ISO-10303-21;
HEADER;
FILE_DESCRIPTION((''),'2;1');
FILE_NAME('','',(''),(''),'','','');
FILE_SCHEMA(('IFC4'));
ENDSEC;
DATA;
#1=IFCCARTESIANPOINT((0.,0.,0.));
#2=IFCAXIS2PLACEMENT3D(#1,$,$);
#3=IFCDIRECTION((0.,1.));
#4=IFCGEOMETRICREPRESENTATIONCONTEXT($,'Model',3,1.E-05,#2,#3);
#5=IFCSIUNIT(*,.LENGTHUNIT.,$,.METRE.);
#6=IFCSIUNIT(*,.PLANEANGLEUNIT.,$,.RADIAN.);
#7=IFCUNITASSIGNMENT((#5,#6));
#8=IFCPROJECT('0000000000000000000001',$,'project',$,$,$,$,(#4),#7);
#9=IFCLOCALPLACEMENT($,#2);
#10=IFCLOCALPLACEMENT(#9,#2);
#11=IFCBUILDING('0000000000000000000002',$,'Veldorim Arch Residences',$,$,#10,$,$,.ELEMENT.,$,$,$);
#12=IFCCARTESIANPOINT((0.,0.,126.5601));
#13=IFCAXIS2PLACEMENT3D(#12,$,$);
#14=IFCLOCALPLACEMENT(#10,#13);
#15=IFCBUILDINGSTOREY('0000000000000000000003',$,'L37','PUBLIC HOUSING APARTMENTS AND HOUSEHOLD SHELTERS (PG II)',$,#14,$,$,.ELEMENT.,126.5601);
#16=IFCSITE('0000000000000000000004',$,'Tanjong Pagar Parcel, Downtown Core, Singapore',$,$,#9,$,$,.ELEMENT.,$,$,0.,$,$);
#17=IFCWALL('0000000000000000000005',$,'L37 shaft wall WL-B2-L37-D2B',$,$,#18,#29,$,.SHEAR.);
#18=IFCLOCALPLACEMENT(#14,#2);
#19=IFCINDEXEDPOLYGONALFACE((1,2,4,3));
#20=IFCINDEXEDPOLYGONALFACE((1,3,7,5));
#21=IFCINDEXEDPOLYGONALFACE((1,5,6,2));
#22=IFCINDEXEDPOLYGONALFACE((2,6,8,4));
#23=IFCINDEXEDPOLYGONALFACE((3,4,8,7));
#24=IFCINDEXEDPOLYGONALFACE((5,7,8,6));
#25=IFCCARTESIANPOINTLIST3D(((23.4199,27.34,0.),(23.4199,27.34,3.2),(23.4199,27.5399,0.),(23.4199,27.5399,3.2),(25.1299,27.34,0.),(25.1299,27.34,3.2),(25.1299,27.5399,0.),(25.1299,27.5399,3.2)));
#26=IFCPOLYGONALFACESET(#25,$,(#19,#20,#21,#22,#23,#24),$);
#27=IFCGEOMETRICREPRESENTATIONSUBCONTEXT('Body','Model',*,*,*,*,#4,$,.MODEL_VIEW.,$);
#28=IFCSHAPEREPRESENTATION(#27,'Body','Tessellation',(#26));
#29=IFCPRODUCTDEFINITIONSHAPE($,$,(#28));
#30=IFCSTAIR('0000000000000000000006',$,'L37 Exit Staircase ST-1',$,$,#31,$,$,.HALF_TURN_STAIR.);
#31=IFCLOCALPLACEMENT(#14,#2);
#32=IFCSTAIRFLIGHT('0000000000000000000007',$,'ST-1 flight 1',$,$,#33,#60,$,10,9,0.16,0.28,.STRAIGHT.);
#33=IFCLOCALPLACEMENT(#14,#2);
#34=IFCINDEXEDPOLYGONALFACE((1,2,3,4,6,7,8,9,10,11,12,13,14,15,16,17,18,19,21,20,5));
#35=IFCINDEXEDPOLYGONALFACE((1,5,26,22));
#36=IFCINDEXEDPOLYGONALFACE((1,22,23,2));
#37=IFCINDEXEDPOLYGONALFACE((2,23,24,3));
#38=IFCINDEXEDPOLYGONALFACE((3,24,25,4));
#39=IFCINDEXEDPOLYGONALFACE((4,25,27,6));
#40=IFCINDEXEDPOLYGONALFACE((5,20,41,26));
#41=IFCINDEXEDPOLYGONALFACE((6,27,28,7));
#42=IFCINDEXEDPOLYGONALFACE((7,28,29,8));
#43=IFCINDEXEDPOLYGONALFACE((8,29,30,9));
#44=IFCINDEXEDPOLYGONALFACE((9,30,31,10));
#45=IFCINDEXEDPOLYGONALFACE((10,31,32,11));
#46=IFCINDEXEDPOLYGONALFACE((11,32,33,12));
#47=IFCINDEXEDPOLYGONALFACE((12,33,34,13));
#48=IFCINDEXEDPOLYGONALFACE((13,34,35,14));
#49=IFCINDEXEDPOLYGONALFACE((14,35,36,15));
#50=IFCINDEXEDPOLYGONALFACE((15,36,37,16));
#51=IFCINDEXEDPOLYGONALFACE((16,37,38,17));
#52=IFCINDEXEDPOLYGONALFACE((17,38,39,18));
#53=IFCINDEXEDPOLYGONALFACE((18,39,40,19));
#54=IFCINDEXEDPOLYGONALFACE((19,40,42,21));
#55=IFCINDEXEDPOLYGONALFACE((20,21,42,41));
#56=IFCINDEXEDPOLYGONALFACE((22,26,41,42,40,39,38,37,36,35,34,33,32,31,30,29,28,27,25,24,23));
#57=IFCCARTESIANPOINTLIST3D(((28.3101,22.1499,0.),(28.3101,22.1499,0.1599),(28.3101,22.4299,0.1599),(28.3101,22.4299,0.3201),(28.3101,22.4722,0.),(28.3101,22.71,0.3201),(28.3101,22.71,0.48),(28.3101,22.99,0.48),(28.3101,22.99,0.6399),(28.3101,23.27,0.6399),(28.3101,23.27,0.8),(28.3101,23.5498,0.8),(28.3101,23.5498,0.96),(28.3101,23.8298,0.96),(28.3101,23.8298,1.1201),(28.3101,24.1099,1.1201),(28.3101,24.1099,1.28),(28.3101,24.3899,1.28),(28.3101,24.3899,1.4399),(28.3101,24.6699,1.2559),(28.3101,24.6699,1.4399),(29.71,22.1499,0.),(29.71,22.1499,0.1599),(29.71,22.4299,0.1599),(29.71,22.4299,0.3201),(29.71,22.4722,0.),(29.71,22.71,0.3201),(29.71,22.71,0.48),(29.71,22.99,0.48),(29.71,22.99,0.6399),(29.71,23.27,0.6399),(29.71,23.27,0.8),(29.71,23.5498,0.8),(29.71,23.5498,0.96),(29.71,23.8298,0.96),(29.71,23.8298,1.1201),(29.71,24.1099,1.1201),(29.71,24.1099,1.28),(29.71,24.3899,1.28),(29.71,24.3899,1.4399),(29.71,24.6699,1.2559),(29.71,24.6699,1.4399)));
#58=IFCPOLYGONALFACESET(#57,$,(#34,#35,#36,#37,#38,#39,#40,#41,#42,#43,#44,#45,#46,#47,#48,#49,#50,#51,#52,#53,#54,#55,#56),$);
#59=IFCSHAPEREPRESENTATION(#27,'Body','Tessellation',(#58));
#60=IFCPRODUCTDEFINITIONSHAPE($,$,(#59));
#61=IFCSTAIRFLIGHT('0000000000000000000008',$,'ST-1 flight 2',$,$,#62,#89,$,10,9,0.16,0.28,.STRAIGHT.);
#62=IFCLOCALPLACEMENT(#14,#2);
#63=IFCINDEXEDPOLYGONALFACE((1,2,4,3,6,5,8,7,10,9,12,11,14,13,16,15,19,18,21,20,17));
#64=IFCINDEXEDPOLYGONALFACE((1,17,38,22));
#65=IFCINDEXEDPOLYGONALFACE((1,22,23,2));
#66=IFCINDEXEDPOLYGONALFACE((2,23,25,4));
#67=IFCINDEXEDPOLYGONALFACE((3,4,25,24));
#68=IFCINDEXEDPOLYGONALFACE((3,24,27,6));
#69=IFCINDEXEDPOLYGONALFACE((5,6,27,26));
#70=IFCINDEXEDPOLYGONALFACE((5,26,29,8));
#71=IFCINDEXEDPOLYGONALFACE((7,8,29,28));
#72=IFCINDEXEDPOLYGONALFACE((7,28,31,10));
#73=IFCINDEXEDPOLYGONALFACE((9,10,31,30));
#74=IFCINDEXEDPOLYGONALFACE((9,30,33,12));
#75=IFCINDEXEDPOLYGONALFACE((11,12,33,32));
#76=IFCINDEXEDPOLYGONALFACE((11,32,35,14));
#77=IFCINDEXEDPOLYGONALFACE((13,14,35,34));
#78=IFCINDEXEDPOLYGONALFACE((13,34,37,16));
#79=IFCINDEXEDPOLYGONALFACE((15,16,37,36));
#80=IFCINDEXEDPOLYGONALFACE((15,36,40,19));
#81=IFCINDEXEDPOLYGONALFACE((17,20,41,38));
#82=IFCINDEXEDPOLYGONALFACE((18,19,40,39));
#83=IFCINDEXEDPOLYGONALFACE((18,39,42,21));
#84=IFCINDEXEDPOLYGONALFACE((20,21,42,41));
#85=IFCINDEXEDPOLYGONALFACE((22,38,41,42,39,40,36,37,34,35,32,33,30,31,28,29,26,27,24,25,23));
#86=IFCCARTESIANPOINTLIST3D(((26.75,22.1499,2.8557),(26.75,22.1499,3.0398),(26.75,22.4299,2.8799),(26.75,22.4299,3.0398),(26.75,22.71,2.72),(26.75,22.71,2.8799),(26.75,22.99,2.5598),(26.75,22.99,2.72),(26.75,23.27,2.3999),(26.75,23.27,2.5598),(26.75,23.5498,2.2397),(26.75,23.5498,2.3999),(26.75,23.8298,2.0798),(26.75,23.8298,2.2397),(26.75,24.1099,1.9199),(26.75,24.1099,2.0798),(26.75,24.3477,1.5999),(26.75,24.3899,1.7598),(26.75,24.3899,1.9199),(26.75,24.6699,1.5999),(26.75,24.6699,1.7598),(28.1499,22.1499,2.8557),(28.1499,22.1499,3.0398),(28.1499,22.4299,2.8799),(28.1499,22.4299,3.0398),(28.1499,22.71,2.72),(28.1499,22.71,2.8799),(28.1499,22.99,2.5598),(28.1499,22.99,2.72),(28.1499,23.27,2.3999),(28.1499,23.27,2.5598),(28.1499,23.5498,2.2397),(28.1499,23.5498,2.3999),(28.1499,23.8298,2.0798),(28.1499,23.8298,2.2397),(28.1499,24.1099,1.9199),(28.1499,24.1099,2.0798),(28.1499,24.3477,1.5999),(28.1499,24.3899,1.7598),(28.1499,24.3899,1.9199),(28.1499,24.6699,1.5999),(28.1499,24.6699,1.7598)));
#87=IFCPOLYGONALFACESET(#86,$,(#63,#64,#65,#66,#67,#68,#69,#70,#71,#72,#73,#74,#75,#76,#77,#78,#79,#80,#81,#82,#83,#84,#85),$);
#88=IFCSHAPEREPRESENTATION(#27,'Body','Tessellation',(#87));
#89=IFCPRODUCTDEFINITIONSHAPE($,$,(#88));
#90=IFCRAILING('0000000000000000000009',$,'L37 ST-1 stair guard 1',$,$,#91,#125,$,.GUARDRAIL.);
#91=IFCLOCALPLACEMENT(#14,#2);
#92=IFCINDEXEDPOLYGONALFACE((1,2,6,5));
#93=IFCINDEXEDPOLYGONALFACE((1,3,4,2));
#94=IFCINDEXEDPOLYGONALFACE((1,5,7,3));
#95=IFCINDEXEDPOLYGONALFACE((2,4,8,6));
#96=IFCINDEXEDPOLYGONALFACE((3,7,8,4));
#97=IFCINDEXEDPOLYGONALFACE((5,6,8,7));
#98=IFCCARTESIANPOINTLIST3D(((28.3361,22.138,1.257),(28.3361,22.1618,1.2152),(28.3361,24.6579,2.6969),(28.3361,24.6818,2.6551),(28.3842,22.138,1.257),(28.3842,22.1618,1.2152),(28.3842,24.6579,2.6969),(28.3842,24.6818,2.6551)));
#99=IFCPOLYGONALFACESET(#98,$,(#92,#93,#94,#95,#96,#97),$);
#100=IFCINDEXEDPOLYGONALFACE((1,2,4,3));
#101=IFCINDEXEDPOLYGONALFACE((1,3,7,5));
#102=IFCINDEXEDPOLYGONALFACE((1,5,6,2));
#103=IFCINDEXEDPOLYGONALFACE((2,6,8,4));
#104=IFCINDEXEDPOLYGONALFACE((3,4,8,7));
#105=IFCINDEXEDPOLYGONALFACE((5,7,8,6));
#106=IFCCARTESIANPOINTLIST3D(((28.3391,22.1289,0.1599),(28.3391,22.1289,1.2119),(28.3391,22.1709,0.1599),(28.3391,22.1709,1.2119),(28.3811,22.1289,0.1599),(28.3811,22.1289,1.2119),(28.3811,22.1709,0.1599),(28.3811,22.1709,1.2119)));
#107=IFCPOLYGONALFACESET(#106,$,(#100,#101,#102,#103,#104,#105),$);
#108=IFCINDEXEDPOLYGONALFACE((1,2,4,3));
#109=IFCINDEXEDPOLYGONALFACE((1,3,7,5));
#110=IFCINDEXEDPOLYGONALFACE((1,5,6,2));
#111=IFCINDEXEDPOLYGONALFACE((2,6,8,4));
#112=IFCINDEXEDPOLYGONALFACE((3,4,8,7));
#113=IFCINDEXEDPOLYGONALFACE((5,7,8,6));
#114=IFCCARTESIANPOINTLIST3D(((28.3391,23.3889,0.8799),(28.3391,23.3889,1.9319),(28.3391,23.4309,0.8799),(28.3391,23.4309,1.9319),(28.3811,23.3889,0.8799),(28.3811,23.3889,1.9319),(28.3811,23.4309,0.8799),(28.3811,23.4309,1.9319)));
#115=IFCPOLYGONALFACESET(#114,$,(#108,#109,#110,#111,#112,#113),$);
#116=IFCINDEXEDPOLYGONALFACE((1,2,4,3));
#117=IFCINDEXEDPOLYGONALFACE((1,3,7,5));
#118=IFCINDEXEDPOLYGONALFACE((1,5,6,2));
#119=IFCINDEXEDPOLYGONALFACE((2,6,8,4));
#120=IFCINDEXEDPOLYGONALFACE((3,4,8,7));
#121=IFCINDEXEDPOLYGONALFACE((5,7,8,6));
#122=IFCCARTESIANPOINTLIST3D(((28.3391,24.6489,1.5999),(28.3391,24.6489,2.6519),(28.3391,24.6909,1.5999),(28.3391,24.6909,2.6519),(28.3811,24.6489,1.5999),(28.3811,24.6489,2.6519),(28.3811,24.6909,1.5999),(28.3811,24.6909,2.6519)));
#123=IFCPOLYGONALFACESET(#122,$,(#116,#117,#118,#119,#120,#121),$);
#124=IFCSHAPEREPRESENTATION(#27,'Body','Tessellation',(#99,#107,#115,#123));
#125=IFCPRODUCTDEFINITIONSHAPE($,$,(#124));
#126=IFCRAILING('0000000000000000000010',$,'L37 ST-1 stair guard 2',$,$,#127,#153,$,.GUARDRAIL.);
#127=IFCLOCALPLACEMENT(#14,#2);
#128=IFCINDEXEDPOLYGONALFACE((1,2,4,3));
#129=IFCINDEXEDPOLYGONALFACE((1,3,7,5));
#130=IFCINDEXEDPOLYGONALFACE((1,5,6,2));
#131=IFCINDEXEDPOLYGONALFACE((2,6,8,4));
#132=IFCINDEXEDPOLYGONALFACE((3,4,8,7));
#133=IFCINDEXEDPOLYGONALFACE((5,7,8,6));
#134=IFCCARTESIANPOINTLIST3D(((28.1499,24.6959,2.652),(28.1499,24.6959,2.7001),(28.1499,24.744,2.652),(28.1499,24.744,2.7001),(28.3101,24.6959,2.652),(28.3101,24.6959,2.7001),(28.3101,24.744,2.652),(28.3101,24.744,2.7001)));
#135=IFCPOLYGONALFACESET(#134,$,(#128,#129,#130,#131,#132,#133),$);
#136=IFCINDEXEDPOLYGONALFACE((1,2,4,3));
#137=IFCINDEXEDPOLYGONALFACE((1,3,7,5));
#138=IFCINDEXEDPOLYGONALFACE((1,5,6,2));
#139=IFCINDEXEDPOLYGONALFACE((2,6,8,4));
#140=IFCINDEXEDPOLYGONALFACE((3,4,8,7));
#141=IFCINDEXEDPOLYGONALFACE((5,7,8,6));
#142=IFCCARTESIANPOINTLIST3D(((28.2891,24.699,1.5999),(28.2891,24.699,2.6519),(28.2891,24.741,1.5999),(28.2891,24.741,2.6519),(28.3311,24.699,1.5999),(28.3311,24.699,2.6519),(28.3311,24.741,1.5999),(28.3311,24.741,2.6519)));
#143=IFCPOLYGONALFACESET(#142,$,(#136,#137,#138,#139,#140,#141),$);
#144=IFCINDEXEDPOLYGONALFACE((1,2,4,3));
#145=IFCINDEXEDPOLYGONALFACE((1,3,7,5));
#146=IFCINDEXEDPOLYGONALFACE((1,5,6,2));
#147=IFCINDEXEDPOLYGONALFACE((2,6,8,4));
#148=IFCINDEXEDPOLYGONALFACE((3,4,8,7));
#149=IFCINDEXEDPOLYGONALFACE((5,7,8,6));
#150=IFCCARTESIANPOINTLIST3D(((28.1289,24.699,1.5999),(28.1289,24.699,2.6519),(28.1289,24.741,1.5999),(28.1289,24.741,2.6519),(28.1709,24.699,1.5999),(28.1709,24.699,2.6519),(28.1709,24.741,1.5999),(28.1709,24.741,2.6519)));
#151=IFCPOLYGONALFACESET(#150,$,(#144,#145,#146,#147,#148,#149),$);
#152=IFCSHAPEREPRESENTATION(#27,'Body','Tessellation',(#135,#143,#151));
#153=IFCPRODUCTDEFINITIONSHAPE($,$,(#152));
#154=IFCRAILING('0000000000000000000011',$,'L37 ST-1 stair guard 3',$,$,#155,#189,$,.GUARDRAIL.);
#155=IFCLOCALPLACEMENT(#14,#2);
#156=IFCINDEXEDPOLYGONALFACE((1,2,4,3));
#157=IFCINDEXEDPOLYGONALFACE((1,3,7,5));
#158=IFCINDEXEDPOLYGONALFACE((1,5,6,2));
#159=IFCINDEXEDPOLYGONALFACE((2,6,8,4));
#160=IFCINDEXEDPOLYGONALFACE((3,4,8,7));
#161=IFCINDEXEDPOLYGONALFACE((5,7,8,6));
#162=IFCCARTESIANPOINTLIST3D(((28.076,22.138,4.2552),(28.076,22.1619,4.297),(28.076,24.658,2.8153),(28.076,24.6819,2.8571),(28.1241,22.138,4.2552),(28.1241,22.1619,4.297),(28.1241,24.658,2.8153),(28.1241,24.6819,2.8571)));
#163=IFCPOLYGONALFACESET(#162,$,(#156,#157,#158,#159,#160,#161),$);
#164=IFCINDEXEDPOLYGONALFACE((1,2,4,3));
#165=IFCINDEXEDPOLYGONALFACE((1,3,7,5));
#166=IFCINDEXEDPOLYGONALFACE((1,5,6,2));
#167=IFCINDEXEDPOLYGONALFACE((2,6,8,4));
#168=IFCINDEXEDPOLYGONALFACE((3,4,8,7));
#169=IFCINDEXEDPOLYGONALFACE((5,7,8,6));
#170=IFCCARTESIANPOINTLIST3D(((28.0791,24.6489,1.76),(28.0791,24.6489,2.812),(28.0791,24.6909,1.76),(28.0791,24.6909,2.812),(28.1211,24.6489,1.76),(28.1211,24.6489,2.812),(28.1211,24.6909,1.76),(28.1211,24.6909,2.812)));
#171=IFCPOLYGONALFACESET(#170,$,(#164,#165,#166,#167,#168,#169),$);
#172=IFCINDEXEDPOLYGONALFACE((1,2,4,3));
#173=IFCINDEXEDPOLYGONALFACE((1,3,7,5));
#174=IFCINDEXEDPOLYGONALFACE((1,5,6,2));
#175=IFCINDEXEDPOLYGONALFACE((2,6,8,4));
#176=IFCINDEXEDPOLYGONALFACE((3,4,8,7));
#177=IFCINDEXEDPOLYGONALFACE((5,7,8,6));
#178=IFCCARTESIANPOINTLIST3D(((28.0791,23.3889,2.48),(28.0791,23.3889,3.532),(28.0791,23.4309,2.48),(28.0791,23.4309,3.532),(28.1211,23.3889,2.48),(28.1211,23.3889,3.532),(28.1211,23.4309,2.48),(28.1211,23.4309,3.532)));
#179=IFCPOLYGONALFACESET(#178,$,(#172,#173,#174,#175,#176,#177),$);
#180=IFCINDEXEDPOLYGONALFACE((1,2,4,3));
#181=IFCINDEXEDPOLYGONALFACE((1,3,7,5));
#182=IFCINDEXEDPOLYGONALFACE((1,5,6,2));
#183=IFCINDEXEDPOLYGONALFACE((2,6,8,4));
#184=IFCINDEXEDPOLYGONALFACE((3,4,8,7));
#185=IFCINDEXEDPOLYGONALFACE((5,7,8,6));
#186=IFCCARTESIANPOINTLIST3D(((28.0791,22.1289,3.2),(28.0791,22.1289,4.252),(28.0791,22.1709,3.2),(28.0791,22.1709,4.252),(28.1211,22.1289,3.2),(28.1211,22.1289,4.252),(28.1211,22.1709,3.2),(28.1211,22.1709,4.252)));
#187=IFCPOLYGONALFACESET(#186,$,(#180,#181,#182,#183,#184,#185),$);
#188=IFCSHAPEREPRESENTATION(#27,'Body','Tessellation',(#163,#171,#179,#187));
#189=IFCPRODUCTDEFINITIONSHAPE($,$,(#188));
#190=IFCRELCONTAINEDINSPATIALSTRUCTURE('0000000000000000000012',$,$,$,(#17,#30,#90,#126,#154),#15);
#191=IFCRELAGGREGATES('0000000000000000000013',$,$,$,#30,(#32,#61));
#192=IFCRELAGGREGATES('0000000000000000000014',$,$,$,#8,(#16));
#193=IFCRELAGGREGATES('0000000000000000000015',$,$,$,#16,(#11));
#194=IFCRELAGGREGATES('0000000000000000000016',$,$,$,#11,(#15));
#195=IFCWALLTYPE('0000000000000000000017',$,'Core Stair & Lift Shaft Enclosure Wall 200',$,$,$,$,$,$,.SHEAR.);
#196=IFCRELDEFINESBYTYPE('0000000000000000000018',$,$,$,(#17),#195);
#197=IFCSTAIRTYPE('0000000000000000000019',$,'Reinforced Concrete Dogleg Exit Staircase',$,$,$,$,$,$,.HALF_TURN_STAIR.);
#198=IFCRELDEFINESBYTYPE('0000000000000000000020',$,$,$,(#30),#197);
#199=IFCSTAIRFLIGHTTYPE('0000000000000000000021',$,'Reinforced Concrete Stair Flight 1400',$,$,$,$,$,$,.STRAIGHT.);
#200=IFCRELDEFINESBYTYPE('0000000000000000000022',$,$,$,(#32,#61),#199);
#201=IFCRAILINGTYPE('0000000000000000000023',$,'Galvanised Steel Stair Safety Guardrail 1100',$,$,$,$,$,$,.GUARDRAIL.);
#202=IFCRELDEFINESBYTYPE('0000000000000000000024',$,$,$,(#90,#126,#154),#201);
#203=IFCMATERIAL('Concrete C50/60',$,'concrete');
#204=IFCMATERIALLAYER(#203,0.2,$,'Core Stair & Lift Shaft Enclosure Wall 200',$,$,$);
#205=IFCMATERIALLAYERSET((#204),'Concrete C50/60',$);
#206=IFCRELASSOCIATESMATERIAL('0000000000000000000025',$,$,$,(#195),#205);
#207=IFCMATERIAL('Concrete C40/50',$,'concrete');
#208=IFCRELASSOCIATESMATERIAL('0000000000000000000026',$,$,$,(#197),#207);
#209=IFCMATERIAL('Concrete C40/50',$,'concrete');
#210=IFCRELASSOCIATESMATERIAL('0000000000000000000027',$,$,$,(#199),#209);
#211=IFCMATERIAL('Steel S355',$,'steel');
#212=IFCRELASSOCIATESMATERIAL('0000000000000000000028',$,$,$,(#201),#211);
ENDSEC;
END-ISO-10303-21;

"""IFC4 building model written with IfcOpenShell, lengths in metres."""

from ifc_helpers import new_model, si_unit, direction, frame, frame_2d, origin, origin_2d, place, context, subcontext, project, spatial, polyline, rectangle, outline, extrude, material, layer, layer_set, type_object, element, aggregate, save


model = new_model("IFC4")

# Units and contexts
model_context = context("Model", 3, precision=1e-05, world=origin(), true_north=direction((0.0, 1.0)))
body_context = subcontext(model_context, "Body", "Model", "MODEL_VIEW")
ifc_project = project(units=[si_unit("LENGTHUNIT", "METRE"), si_unit("PLANEANGLEUNIT", "RADIAN")], contexts=[model_context])

# Site, building, storey
site_placement = place(None, origin())
site = spatial("IfcSite", under=ifc_project, at=site_placement, Name="Tanjong Pagar Parcel, Downtown Core, Singapore", CompositionType="ELEMENT", RefElevation=0.0)
building_placement = place(site_placement, origin())
building = spatial("IfcBuilding", under=site, at=building_placement, Name="Veldorim Arch Residences", CompositionType="ELEMENT")
storey_placement = place(building_placement, frame((0.0, 0.0, 126.5601)))
storey = spatial("IfcBuildingStorey", under=building, at=storey_placement, Name="L37", Description="PUBLIC HOUSING APARTMENTS AND HOUSEHOLD SHELTERS (PG II)", CompositionType="ELEMENT", Elevation=126.5601)

# Wall
ifc_material_1 = material(Name="Concrete C50/60", Category="concrete")
ifc_layer_1 = layer(ifc_material_1, 0.2, Name="Core Stair & Lift Shaft Enclosure Wall 200")
ifc_layer_set_1 = layer_set([ifc_layer_1], Name="Concrete C50/60")
wall_type_1 = type_object("IfcWallType", Name="Core Stair & Lift Shaft Enclosure Wall 200", PredefinedType="SHEAR", material=ifc_layer_set_1)
for number, where, z_axis, x_axis, name in (
    (1, (23.4199, 27.4399, 0.0), (0.0, 0.0, 1.0), (1.0, 0.0, 0.0), "L37 shaft wall WL-B2-L37-D2B"),
):
    element("IfcWall", number, at=place(storey_placement, frame(where, z_axis=z_axis, x_axis=x_axis)), inside=storey, type_object=wall_type_1, Name=name, PredefinedType="SHEAR", context=body_context, shape_type="SweptSolid", body=[
        extrude(rectangle(XDim=1.71, YDim=0.2, at=frame_2d((0.855, 0.0))), origin(), (0.0, 0.0, 1.0), 3.2),
    ])

# Stair, stair flights
ifc_material_2 = material(Name="Concrete C40/50", Category="concrete")
stair_type = type_object("IfcStairType", Name="Reinforced Concrete Dogleg Exit Staircase", PredefinedType="HALF_TURN_STAIR", material=ifc_material_2)
stair_placement = place(storey_placement, origin())
stair = element("IfcStair", 2, at=stair_placement, inside=storey, type_object=stair_type, Name="L37 Exit Staircase ST-1", PredefinedType="HALF_TURN_STAIR")
ifc_material_3 = material(Name="Concrete C40/50", Category="concrete")
stair_flight_type = type_object("IfcStairFlightType", Name="Reinforced Concrete Stair Flight 1400", PredefinedType="STRAIGHT", material=ifc_material_3)
stair_flight_1_placement = place(storey_placement, frame((29.01, 22.1499, 0.0), z_axis=(0.0, 0.0, 1.0), x_axis=(0.0, 1.0, 0.0)))
stair_flight_1 = element("IfcStairFlight", 3, at=stair_flight_1_placement, type_object=stair_flight_type, Name="ST-1 flight 1", NumberOfRisers=10, NumberOfTreads=9, PredefinedType="STRAIGHT", RiserHeight=0.16, TreadLength=0.28, context=body_context, shape_type="SweptSolid", body=[
    extrude(outline(polyline([(0.0, 0.0), (0.0, 0.1599), (0.28, 0.1599), (0.28, 0.3201), (0.5601, 0.3201), (0.5601, 0.48), (0.8401, 0.48), (0.8401, 0.6399), (1.1201, 0.6399), (1.1201, 0.8), (1.3999, 0.8), (1.3999, 0.96), (1.6799, 0.96), (1.6799, 1.1201), (1.96, 1.1201), (1.96, 1.28), (2.24, 1.28), (2.24, 1.4399), (2.52, 1.4399), (2.52, 1.6001), (2.52, 1.2559), (0.3223, 0.0), (0.0, 0.0)])), frame((0.0, 0.7, 0.0), z_axis=(0.0, -1.0, 0.0), x_axis=(1.0, 0.0, 0.0)), (0.0, 0.0, 1.0), 1.3999),
])
stair_flight_2_placement = place(storey_placement, frame((27.45, 24.6699, 1.5999), z_axis=(0.0, 0.0, 1.0), x_axis=(0.0, -1.0, 0.0)))
stair_flight_2 = element("IfcStairFlight", 4, at=stair_flight_2_placement, type_object=stair_flight_type, Name="ST-1 flight 2", NumberOfRisers=10, NumberOfTreads=9, PredefinedType="STRAIGHT", RiserHeight=0.16, TreadLength=0.28, context=body_context, shape_type="SweptSolid", body=[
    extrude(outline(polyline([(0.0, 0.0), (0.0, 0.1599), (0.28, 0.1599), (0.28, 0.3201), (0.5601, 0.3201), (0.5601, 0.48), (0.8401, 0.48), (0.8401, 0.6399), (1.1201, 0.6399), (1.1201, 0.8), (1.3999, 0.8), (1.3999, 0.96), (1.6799, 0.96), (1.6799, 1.1201), (1.96, 1.1201), (1.96, 1.28), (2.24, 1.28), (2.24, 1.4399), (2.52, 1.4399), (2.52, 1.6001), (2.52, 1.2559), (0.3223, 0.0), (0.0, 0.0)])), frame((0.0, 0.7, 0.0), z_axis=(0.0, -1.0, 0.0), x_axis=(1.0, 0.0, 0.0)), (0.0, 0.0, 1.0), 1.3999),
])
aggregate(stair, [stair_flight_1, stair_flight_2])

# Railings
ifc_material_4 = material(Name="Steel S355", Category="steel")
railing_type_1 = type_object("IfcRailingType", Name="Galvanised Steel Stair Safety Guardrail 1100", PredefinedType="GUARDRAIL", material=ifc_material_4)
railing_1_placement = place(storey_placement, frame((28.3601, 22.1499, 0.1599)))
element("IfcRailing", 5, at=railing_1_placement, inside=storey, type_object=railing_type_1, Name="L37 ST-1 stair guard 1", PredefinedType="GUARDRAIL", context=body_context, shape_type="SweptSolid", body=[
    extrude(rectangle(XDim=0.0481, YDim=0.0481, at=origin_2d()), frame((0.0, 0.0, 1.0762), z_axis=(0.0, 0.868253, 0.496121), x_axis=(-1.0, 0.0, 0.0)), (0.0, 0.0, 1.0), 2.9023),
    extrude(rectangle(XDim=0.042, YDim=0.042, at=origin_2d()), origin(), (0.0, 0.0, 1.0), 1.052),
    extrude(rectangle(XDim=0.042, YDim=0.042, at=origin_2d()), frame((0.0, 1.26, 0.72)), (0.0, 0.0, 1.0), 1.052),
    extrude(rectangle(XDim=0.042, YDim=0.042, at=origin_2d()), frame((0.0, 2.52, 1.4399)), (0.0, 0.0, 1.0), 1.052),
])
railing_2_placement = place(storey_placement, frame((28.3101, 24.72, 1.5999)))
element("IfcRailing", 6, at=railing_2_placement, inside=storey, type_object=railing_type_1, Name="L37 ST-1 stair guard 2", PredefinedType="GUARDRAIL", context=body_context, shape_type="SweptSolid", body=[
    extrude(rectangle(XDim=0.0481, YDim=0.0481, at=origin_2d()), frame((0.0, 0.0, 1.0762), z_axis=(-1.0, 0.0, 0.0), x_axis=(0.0, -1.0, 0.0)), (0.0, 0.0, 1.0), 0.1602),
    extrude(rectangle(XDim=0.042, YDim=0.042, at=origin_2d()), origin(), (0.0, 0.0, 1.0), 1.052),
    extrude(rectangle(XDim=0.042, YDim=0.042, at=origin_2d()), frame((-0.1602, 0.0, 0.0)), (0.0, 0.0, 1.0), 1.052),
])
railing_3_placement = place(storey_placement, frame((28.1001, 24.6699, 1.76)))
element("IfcRailing", 7, at=railing_3_placement, inside=storey, type_object=railing_type_1, Name="L37 ST-1 stair guard 3", PredefinedType="GUARDRAIL", context=body_context, shape_type="SweptSolid", body=[
    extrude(rectangle(XDim=0.0481, YDim=0.0481, at=origin_2d()), frame((0.0, 0.0, 1.0762), z_axis=(0.0, -0.868253, 0.496121), x_axis=(1.0, 0.0, 0.0)), (0.0, 0.0, 1.0), 2.9023),
    extrude(rectangle(XDim=0.042, YDim=0.042, at=origin_2d()), origin(), (0.0, 0.0, 1.0), 1.052),
    extrude(rectangle(XDim=0.042, YDim=0.042, at=origin_2d()), frame((0.0, -1.26, 0.72)), (0.0, 0.0, 1.0), 1.052),
    extrude(rectangle(XDim=0.042, YDim=0.042, at=origin_2d()), frame((0.0, -2.52, 1.4399)), (0.0, 0.0, 1.0), 1.052),
])

save(model, "model.ifc")
